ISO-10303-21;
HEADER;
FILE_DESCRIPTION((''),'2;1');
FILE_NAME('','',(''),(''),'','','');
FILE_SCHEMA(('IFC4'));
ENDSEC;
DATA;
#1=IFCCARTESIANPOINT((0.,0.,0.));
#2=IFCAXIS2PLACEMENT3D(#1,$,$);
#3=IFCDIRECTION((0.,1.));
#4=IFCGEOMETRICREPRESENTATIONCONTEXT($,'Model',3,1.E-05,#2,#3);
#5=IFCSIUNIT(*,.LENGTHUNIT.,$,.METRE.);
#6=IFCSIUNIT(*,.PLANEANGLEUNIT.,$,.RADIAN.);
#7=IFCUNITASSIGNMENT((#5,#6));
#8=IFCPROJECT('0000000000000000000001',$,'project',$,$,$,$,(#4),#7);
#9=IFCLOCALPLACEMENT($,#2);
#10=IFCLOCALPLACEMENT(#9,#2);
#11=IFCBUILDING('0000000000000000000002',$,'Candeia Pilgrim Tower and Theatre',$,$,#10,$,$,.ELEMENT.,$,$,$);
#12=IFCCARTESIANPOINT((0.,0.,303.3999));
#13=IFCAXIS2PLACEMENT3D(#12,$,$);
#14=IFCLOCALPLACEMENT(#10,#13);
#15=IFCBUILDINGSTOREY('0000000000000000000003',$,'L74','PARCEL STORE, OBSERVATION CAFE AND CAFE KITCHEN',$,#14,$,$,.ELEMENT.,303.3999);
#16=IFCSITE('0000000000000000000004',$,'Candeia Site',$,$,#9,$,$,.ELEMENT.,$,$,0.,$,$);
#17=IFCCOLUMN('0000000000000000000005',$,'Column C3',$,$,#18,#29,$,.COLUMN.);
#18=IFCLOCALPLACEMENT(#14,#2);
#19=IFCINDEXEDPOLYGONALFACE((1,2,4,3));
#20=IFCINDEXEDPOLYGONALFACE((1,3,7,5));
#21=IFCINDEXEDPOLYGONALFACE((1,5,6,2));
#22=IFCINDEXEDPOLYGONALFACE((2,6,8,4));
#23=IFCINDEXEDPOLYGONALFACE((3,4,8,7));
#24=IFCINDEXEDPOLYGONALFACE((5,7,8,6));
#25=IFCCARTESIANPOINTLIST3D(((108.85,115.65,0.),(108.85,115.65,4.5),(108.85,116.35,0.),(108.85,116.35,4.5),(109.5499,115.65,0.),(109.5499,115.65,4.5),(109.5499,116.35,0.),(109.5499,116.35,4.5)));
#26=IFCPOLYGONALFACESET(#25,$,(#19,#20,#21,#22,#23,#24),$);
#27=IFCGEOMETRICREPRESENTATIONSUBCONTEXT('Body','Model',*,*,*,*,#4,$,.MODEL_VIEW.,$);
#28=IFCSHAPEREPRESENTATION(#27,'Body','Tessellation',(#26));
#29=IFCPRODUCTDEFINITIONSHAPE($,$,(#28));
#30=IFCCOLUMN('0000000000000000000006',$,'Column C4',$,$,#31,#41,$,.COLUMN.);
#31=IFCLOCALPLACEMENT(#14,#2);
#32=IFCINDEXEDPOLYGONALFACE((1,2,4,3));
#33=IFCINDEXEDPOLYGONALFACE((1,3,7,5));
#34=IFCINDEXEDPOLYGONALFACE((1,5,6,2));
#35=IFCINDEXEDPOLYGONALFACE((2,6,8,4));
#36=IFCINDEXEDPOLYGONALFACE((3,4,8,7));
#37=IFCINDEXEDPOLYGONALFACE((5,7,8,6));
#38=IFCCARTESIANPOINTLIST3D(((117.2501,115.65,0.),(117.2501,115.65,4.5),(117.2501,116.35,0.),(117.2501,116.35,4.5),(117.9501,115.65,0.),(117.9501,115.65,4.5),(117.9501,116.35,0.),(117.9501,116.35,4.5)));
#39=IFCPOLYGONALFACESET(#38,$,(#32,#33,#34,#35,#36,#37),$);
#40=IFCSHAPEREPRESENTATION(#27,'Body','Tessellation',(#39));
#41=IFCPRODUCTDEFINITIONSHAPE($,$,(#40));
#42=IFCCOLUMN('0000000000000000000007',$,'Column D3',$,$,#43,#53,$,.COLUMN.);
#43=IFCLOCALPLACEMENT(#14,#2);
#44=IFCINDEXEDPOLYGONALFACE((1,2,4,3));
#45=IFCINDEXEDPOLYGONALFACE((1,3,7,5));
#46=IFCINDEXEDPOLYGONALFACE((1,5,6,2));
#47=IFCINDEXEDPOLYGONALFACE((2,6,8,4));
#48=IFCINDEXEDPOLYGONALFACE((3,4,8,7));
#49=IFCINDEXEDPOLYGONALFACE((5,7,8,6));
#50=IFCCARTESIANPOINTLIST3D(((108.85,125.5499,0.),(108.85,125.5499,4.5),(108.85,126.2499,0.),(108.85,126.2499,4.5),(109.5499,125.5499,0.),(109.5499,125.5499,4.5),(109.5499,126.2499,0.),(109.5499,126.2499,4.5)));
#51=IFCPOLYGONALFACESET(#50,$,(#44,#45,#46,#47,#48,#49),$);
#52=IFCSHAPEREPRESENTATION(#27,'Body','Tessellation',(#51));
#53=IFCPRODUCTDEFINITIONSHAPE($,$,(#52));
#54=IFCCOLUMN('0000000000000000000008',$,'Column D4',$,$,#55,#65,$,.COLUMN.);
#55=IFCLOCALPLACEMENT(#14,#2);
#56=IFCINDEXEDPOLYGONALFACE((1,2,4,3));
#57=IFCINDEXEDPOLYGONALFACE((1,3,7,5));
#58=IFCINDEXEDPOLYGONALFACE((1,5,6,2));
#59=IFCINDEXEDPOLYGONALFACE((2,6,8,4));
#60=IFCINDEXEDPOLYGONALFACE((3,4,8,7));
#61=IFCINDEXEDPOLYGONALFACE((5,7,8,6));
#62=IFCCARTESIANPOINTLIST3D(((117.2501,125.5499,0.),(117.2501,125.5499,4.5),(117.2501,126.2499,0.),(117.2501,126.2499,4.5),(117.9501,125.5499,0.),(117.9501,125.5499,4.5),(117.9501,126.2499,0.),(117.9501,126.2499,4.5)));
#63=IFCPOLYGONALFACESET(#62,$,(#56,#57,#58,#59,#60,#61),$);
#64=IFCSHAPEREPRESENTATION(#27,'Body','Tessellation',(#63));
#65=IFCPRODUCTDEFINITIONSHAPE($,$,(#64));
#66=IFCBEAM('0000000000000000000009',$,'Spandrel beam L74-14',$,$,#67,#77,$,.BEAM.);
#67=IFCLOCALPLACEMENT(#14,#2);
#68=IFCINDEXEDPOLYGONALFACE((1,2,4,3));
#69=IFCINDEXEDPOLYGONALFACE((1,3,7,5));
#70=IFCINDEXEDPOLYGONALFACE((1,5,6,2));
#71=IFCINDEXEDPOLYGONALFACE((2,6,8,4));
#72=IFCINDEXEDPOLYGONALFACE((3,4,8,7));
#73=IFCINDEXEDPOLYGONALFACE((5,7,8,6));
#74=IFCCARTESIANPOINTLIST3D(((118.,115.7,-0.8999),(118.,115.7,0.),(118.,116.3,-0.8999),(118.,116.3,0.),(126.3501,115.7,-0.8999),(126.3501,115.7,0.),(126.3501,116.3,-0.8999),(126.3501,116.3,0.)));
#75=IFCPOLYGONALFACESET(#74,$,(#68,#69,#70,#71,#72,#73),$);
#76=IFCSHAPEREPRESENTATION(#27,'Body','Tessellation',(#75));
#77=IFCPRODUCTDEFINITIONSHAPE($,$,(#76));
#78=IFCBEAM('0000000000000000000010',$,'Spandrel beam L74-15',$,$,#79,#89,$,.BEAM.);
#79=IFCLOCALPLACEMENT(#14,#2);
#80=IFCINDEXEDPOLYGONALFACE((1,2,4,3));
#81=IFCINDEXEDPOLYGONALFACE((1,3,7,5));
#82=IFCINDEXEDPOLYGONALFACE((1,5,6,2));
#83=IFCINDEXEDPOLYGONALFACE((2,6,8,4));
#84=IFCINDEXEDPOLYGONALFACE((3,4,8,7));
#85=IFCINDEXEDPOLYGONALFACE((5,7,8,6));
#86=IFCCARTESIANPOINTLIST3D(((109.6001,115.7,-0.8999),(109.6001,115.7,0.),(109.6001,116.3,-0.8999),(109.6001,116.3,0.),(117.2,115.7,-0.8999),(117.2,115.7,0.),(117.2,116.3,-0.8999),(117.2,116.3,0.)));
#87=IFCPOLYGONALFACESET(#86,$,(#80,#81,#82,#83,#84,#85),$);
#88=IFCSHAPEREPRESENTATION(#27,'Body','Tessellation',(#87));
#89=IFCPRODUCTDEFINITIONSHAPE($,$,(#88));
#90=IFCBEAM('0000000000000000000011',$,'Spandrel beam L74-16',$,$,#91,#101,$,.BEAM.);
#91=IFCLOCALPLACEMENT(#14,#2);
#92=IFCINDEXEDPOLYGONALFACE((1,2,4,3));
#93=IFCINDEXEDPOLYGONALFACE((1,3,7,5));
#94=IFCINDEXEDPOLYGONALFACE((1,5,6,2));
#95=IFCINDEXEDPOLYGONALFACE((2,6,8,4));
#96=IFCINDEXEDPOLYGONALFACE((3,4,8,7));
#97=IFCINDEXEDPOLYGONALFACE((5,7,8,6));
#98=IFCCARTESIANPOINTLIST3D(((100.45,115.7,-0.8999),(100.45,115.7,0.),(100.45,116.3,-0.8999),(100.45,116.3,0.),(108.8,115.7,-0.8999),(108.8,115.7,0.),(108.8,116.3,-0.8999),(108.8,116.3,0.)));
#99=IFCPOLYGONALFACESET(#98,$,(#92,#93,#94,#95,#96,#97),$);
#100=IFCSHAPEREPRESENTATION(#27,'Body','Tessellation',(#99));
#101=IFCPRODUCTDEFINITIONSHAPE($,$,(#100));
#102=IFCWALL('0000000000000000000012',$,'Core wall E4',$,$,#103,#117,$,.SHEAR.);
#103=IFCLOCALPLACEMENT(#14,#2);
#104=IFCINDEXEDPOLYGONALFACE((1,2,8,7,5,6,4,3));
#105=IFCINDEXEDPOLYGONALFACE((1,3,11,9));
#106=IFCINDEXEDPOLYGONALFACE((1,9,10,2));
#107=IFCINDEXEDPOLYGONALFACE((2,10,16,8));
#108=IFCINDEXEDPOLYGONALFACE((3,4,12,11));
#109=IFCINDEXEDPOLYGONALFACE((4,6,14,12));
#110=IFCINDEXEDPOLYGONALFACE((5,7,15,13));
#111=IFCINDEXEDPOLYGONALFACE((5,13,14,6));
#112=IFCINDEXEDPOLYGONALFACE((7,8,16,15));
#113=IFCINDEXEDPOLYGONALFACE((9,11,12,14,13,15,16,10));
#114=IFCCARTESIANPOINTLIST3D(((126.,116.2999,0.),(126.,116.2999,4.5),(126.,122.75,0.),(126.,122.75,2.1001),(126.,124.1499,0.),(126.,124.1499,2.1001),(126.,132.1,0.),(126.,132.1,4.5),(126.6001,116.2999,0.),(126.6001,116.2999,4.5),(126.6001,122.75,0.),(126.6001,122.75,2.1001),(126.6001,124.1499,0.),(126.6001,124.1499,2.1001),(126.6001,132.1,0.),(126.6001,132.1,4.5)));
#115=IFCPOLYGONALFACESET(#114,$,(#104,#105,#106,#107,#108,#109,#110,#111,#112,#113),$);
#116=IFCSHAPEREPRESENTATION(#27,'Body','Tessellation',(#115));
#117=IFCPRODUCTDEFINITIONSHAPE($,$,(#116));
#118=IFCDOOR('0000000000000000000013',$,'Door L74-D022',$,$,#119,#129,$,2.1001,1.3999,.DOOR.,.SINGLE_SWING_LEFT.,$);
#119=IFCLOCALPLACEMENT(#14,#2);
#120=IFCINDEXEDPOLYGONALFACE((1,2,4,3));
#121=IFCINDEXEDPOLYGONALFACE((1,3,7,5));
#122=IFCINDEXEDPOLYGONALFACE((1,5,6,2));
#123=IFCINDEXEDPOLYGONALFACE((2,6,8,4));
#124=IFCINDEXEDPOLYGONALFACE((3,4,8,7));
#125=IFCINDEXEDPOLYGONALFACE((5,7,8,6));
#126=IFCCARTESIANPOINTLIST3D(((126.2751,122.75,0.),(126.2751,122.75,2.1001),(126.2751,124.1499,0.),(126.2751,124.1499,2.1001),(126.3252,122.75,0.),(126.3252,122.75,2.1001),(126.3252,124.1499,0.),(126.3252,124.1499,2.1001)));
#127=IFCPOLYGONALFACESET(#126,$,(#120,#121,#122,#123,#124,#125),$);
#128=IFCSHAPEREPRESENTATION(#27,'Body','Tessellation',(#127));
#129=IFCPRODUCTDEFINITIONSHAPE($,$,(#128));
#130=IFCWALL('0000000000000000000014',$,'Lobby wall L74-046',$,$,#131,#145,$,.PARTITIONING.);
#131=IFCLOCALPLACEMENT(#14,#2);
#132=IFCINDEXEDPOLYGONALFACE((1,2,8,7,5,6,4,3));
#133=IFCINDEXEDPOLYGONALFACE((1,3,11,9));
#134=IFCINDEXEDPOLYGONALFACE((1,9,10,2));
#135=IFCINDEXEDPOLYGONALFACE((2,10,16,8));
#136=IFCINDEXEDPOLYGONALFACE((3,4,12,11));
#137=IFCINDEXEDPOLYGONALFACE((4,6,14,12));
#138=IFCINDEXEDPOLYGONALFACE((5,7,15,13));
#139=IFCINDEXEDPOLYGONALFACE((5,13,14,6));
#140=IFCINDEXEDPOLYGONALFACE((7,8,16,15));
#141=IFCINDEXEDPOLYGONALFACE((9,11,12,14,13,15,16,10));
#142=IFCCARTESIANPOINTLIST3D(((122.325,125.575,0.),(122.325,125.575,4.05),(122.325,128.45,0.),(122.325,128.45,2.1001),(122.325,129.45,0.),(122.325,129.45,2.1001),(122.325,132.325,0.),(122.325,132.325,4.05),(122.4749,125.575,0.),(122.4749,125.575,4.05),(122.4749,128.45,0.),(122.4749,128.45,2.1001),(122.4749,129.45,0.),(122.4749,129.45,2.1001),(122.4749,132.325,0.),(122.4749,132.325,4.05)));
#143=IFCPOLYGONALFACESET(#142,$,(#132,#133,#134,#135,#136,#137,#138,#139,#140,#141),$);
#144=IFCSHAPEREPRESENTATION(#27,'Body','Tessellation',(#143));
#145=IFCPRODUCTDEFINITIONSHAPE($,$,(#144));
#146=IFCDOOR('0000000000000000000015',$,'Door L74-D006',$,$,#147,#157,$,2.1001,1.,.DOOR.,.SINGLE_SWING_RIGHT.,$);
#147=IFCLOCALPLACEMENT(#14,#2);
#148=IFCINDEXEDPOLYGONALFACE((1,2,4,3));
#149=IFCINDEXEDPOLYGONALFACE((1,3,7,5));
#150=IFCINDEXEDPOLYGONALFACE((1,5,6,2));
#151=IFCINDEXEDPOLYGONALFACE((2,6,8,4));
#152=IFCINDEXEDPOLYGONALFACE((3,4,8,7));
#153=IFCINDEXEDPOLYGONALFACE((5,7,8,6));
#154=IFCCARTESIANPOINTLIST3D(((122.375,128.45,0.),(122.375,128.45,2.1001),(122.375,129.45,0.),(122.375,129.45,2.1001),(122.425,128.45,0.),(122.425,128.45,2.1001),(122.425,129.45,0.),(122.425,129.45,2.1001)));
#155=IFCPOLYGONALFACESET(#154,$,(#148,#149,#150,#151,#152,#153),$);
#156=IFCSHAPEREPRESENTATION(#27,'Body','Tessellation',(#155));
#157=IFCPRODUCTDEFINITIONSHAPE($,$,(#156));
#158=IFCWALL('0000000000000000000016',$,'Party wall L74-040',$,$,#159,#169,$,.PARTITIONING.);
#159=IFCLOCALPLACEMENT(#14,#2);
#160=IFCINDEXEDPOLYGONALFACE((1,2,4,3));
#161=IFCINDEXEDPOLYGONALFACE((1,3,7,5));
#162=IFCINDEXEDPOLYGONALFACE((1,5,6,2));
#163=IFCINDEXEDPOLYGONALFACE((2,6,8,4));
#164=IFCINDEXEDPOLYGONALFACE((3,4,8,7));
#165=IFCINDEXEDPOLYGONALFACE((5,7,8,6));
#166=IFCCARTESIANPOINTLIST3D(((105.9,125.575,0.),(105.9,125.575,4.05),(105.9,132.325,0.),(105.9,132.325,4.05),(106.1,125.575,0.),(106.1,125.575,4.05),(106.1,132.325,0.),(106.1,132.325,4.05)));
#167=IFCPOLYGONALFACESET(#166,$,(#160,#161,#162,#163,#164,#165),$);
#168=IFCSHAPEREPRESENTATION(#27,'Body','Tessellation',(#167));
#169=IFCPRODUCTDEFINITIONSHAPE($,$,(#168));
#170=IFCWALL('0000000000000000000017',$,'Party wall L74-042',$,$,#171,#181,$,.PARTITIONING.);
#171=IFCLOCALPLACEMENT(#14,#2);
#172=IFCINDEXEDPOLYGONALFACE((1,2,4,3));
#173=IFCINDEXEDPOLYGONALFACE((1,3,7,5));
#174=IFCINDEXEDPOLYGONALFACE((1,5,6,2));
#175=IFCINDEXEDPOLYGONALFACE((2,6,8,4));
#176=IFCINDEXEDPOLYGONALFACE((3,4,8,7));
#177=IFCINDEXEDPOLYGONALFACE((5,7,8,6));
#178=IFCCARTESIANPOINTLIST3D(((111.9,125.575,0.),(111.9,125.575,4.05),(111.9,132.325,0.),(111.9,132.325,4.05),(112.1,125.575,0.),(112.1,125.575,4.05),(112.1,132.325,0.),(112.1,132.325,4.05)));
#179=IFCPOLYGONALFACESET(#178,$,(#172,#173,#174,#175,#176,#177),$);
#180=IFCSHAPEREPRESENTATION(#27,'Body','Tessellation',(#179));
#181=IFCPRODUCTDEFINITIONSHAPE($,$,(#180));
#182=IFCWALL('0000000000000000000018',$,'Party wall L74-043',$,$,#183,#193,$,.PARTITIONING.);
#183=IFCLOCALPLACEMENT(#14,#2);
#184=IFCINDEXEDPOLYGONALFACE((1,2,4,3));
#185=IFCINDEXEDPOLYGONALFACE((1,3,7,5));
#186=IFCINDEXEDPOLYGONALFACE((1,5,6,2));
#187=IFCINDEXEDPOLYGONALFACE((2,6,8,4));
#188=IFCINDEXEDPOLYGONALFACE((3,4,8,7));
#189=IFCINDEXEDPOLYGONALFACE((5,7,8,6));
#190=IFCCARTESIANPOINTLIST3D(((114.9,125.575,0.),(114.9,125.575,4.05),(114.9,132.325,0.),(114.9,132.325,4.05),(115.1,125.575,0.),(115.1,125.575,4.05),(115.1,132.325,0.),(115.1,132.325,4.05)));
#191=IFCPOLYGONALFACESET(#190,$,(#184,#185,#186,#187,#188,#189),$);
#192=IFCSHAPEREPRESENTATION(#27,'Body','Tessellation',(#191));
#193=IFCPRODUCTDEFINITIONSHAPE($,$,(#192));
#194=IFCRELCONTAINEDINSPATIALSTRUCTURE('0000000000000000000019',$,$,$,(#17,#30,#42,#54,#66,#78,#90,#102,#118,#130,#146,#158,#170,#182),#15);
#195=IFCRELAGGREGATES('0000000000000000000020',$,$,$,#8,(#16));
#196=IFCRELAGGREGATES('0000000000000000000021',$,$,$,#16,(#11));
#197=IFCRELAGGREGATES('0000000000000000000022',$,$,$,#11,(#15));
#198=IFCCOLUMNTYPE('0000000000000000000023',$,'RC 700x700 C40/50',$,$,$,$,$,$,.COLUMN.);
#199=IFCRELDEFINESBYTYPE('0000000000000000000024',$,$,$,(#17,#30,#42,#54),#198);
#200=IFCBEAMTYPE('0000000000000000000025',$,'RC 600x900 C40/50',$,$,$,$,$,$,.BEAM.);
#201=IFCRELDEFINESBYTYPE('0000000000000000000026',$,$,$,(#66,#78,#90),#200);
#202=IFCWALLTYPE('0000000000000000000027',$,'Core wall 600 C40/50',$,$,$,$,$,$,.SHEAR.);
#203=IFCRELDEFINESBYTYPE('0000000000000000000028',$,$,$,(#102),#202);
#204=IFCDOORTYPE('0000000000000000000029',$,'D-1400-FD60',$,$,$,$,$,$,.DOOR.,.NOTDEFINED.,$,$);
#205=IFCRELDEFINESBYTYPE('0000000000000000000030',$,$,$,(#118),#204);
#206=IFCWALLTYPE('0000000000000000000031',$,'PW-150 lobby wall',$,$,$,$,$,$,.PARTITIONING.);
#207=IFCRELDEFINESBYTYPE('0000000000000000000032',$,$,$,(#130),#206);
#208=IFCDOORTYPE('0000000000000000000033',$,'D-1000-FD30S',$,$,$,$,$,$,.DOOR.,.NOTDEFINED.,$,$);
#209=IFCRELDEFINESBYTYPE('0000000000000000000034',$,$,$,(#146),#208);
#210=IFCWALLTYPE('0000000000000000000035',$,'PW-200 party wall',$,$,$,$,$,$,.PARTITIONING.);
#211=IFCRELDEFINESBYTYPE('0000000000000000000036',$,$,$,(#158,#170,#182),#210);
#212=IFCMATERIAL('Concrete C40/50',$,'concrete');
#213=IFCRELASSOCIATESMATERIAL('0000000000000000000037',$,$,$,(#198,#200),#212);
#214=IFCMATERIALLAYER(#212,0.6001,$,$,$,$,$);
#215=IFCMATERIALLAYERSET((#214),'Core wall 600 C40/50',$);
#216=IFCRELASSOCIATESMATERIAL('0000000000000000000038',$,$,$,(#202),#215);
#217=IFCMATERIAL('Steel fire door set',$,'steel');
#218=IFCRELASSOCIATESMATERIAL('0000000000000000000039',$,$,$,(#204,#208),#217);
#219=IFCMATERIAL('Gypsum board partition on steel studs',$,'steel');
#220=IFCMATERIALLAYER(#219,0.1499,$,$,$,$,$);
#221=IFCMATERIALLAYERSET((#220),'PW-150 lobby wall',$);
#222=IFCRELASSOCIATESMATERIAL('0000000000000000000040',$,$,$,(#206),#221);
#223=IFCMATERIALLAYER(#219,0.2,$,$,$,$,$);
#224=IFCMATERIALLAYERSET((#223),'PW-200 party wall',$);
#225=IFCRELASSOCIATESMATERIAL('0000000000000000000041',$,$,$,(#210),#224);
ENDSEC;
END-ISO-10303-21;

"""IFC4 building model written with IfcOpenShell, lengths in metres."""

from ifc_helpers import new_model, si_unit, direction, frame, frame_2d, origin, origin_2d, place, context, subcontext, project, spatial, rectangle, extrude, material, layer, layer_set, material_profile, profile_set, type_object, element, fill, save


model = new_model("IFC4")

# Units and contexts
model_context = context("Model", 3, precision=1e-05, world=origin(), true_north=direction((0.0, 1.0)))
body_context = subcontext(model_context, "Body", "Model", "MODEL_VIEW")
ifc_project = project(units=[si_unit("LENGTHUNIT", "METRE"), si_unit("PLANEANGLEUNIT", "RADIAN")], contexts=[model_context])

# Site, building, storey
site_placement = place(None, origin())
site = spatial("IfcSite", under=ifc_project, at=site_placement, Name="Candeia Site", CompositionType="ELEMENT", RefElevation=0.0)
building_placement = place(site_placement, origin())
building = spatial("IfcBuilding", under=site, at=building_placement, Name="Candeia Pilgrim Tower and Theatre", CompositionType="ELEMENT")
storey_placement = place(building_placement, frame((0.0, 0.0, 303.3999)))
storey = spatial("IfcBuildingStorey", under=building, at=storey_placement, Name="L74", Description="PARCEL STORE, OBSERVATION CAFE AND CAFE KITCHEN", CompositionType="ELEMENT", Elevation=303.3999)

# Columns
ifc_material_1 = material(Name="Concrete C40/50", Category="concrete")
ifc_material_profile_1 = material_profile(ifc_material_1, rectangle(XDim=0.7, YDim=0.7, at=origin_2d()))
ifc_profile_set_1 = profile_set([ifc_material_profile_1], Name="Concrete C40/50")
column_type = type_object("IfcColumnType", Name="RC 700x700 C40/50", PredefinedType="COLUMN", material=ifc_profile_set_1)
for number, where, z_axis, x_axis, name in (
    (1, (109.2, 116.0, 0.0), (0.0, 0.0, 1.0), (1.0, 0.0, 0.0), "Column C3"),
    (2, (117.6001, 116.0, 0.0), (0.0, 0.0, 1.0), (1.0, 0.0, 0.0), "Column C4"),
    (3, (109.2, 125.8999, 0.0), (0.0, 0.0, 1.0), (1.0, 0.0, 0.0), "Column D3"),
    (4, (117.6001, 125.8999, 0.0), (0.0, 0.0, 1.0), (1.0, 0.0, 0.0), "Column D4"),
):
    element("IfcColumn", number, at=place(storey_placement, frame(where, z_axis=z_axis, x_axis=x_axis)), inside=storey, type_object=column_type, Name=name, PredefinedType="COLUMN", context=body_context, shape_type="SweptSolid", body=[
        extrude(rectangle(XDim=0.7, YDim=0.7, at=origin_2d()), origin(), (0.0, 0.0, 1.0), 4.5),
    ])

# Beams
ifc_material_profile_2 = material_profile(ifc_material_1, rectangle(XDim=0.6001, YDim=0.8999, at=origin_2d()))
ifc_profile_set_2 = profile_set([ifc_material_profile_2], Name="Concrete C40/50")
beam_type = type_object("IfcBeamType", Name="RC 600x900 C40/50", PredefinedType="BEAM", material=ifc_profile_set_2)
beam_1_placement = place(storey_placement, frame((126.3501, 116.0, -0.45), z_axis=(-1.0, 0.0, 0.0), x_axis=(0.0, -1.0, 0.0)))
element("IfcBeam", 5, at=beam_1_placement, inside=storey, type_object=beam_type, Name="Spandrel beam L74-14", PredefinedType="BEAM", context=body_context, shape_type="SweptSolid", body=[
    extrude(rectangle(XDim=0.6001, YDim=0.8999, at=origin_2d()), origin(), (0.0, 0.0, 1.0), 8.3501),
])
beam_2_placement = place(storey_placement, frame((117.2, 116.0, -0.45), z_axis=(-1.0, 0.0, 0.0), x_axis=(0.0, -1.0, 0.0)))
element("IfcBeam", 6, at=beam_2_placement, inside=storey, type_object=beam_type, Name="Spandrel beam L74-15", PredefinedType="BEAM", context=body_context, shape_type="SweptSolid", body=[
    extrude(rectangle(XDim=0.6001, YDim=0.8999, at=origin_2d()), origin(), (0.0, 0.0, 1.0), 7.5999),
])
beam_3_placement = place(storey_placement, frame((108.8, 116.0, -0.45), z_axis=(-1.0, 0.0, 0.0), x_axis=(0.0, -1.0, 0.0)))
element("IfcBeam", 7, at=beam_3_placement, inside=storey, type_object=beam_type, Name="Spandrel beam L74-16", PredefinedType="BEAM", context=body_context, shape_type="SweptSolid", body=[
    extrude(rectangle(XDim=0.6001, YDim=0.8999, at=origin_2d()), origin(), (0.0, 0.0, 1.0), 8.3501),
])

# Walls, openings, doors
ifc_layer_1 = layer(ifc_material_1, 0.6001)
ifc_layer_set_1 = layer_set([ifc_layer_1], Name="Core wall 600 C40/50")
wall_type_1 = type_object("IfcWallType", Name="Core wall 600 C40/50", PredefinedType="SHEAR", material=ifc_layer_set_1)
wall_1_placement = place(storey_placement, frame((126.3, 116.3, 0.0), z_axis=(0.0, 0.0, 1.0), x_axis=(0.0, 1.0, 0.0)))
wall_1 = element("IfcWall", 8, at=wall_1_placement, inside=storey, type_object=wall_type_1, Name="Core wall E4", PredefinedType="SHEAR", context=body_context, shape_type="SweptSolid", body=[
    extrude(rectangle(XDim=15.8, YDim=0.6001, at=frame_2d((7.8999, 0.0))), origin(), (0.0, 0.0, 1.0), 4.5),
])
opening_1_placement = place(wall_1_placement, frame((6.45, 0.0, 0.0)))
opening_1 = element("IfcOpeningElement", 9, at=opening_1_placement, cuts=wall_1, PredefinedType="OPENING", context=body_context, shape_type="SweptSolid", body=[
    extrude(rectangle(XDim=1.3999, YDim=2.1001, at=frame_2d((0.7, 1.05))), frame((0.0, 0.3101, 0.0), z_axis=(0.0, -1.0, 0.0), x_axis=(1.0, 0.0, 0.0)), (0.0, 0.0, 1.0), 0.6201),
])
ifc_material_2 = material(Name="Steel fire door set", Category="steel")
door_type_1 = type_object("IfcDoorType", Name="D-1400-FD60", OperationType="NOTDEFINED", PredefinedType="DOOR", material=ifc_material_2)
door_1_placement = place(opening_1_placement, origin())
door_1 = element("IfcDoor", 10, at=door_1_placement, inside=storey, type_object=door_type_1, Name="Door L74-D022", OperationType="SINGLE_SWING_LEFT", OverallHeight=2.1001, OverallWidth=1.3999, PredefinedType="DOOR", context=body_context, shape_type="SweptSolid", body=[
    extrude(rectangle(XDim=1.3999, YDim=2.1001, at=frame_2d((0.7, 1.05))), frame((0.0, 0.0249, 0.0), z_axis=(0.0, -1.0, 0.0), x_axis=(1.0, 0.0, 0.0)), (0.0, 0.0, 1.0), 0.05),
])
fill(opening_1, door_1)
ifc_material_3 = material(Name="Gypsum board partition on steel studs", Category="steel")
ifc_layer_2 = layer(ifc_material_3, 0.1499)
ifc_layer_set_2 = layer_set([ifc_layer_2], Name="PW-150 lobby wall")
wall_type_2 = type_object("IfcWallType", Name="PW-150 lobby wall", PredefinedType="PARTITIONING", material=ifc_layer_set_2)
wall_2_placement = place(storey_placement, frame((122.3999, 125.575, 0.0), z_axis=(0.0, 0.0, 1.0), x_axis=(0.0, 1.0, 0.0)))
wall_2 = element("IfcWall", 11, at=wall_2_placement, inside=storey, type_object=wall_type_2, Name="Lobby wall L74-046", PredefinedType="PARTITIONING", context=body_context, shape_type="SweptSolid", body=[
    extrude(rectangle(XDim=6.75, YDim=0.1499, at=frame_2d((3.375, 0.0))), origin(), (0.0, 0.0, 1.0), 4.05),
])
opening_2_placement = place(wall_2_placement, frame((2.875, 0.0, 0.0)))
opening_2 = element("IfcOpeningElement", 12, at=opening_2_placement, cuts=wall_2, PredefinedType="OPENING", context=body_context, shape_type="SweptSolid", body=[
    extrude(rectangle(XDim=1.0, YDim=2.1001, at=frame_2d((0.5, 1.05))), frame((0.0, 0.085, 0.0), z_axis=(0.0, -1.0, 0.0), x_axis=(1.0, 0.0, 0.0)), (0.0, 0.0, 1.0), 0.1699),
])
door_type_2 = type_object("IfcDoorType", Name="D-1000-FD30S", OperationType="NOTDEFINED", PredefinedType="DOOR", material=ifc_material_2)
door_2_placement = place(opening_2_placement, origin())
door_2 = element("IfcDoor", 13, at=door_2_placement, inside=storey, type_object=door_type_2, Name="Door L74-D006", OperationType="SINGLE_SWING_RIGHT", OverallHeight=2.1001, OverallWidth=1.0, PredefinedType="DOOR", context=body_context, shape_type="SweptSolid", body=[
    extrude(rectangle(XDim=1.0, YDim=2.1001, at=frame_2d((0.5, 1.05))), frame((0.0, 0.0249, 0.0), z_axis=(0.0, -1.0, 0.0), x_axis=(1.0, 0.0, 0.0)), (0.0, 0.0, 1.0), 0.05),
])
fill(opening_2, door_2)

# Walls
ifc_layer_3 = layer(ifc_material_3, 0.2)
ifc_layer_set_3 = layer_set([ifc_layer_3], Name="PW-200 party wall")
wall_type_3 = type_object("IfcWallType", Name="PW-200 party wall", PredefinedType="PARTITIONING", material=ifc_layer_set_3)
for number, where, z_axis, x_axis, name in (
    (14, (106.0, 125.575, 0.0), (0.0, 0.0, 1.0), (0.0, 1.0, 0.0), "Party wall L74-040"),
    (15, (112.0, 125.575, 0.0), (0.0, 0.0, 1.0), (0.0, 1.0, 0.0), "Party wall L74-042"),
    (16, (115.0, 125.575, 0.0), (0.0, 0.0, 1.0), (0.0, 1.0, 0.0), "Party wall L74-043"),
):
    element("IfcWall", number, at=place(storey_placement, frame(where, z_axis=z_axis, x_axis=x_axis)), inside=storey, type_object=wall_type_3, Name=name, PredefinedType="PARTITIONING", context=body_context, shape_type="SweptSolid", body=[
        extrude(rectangle(XDim=6.75, YDim=0.2, at=frame_2d((3.375, 0.0))), origin(), (0.0, 0.0, 1.0), 4.05),
    ])

save(model, "model.ifc")
